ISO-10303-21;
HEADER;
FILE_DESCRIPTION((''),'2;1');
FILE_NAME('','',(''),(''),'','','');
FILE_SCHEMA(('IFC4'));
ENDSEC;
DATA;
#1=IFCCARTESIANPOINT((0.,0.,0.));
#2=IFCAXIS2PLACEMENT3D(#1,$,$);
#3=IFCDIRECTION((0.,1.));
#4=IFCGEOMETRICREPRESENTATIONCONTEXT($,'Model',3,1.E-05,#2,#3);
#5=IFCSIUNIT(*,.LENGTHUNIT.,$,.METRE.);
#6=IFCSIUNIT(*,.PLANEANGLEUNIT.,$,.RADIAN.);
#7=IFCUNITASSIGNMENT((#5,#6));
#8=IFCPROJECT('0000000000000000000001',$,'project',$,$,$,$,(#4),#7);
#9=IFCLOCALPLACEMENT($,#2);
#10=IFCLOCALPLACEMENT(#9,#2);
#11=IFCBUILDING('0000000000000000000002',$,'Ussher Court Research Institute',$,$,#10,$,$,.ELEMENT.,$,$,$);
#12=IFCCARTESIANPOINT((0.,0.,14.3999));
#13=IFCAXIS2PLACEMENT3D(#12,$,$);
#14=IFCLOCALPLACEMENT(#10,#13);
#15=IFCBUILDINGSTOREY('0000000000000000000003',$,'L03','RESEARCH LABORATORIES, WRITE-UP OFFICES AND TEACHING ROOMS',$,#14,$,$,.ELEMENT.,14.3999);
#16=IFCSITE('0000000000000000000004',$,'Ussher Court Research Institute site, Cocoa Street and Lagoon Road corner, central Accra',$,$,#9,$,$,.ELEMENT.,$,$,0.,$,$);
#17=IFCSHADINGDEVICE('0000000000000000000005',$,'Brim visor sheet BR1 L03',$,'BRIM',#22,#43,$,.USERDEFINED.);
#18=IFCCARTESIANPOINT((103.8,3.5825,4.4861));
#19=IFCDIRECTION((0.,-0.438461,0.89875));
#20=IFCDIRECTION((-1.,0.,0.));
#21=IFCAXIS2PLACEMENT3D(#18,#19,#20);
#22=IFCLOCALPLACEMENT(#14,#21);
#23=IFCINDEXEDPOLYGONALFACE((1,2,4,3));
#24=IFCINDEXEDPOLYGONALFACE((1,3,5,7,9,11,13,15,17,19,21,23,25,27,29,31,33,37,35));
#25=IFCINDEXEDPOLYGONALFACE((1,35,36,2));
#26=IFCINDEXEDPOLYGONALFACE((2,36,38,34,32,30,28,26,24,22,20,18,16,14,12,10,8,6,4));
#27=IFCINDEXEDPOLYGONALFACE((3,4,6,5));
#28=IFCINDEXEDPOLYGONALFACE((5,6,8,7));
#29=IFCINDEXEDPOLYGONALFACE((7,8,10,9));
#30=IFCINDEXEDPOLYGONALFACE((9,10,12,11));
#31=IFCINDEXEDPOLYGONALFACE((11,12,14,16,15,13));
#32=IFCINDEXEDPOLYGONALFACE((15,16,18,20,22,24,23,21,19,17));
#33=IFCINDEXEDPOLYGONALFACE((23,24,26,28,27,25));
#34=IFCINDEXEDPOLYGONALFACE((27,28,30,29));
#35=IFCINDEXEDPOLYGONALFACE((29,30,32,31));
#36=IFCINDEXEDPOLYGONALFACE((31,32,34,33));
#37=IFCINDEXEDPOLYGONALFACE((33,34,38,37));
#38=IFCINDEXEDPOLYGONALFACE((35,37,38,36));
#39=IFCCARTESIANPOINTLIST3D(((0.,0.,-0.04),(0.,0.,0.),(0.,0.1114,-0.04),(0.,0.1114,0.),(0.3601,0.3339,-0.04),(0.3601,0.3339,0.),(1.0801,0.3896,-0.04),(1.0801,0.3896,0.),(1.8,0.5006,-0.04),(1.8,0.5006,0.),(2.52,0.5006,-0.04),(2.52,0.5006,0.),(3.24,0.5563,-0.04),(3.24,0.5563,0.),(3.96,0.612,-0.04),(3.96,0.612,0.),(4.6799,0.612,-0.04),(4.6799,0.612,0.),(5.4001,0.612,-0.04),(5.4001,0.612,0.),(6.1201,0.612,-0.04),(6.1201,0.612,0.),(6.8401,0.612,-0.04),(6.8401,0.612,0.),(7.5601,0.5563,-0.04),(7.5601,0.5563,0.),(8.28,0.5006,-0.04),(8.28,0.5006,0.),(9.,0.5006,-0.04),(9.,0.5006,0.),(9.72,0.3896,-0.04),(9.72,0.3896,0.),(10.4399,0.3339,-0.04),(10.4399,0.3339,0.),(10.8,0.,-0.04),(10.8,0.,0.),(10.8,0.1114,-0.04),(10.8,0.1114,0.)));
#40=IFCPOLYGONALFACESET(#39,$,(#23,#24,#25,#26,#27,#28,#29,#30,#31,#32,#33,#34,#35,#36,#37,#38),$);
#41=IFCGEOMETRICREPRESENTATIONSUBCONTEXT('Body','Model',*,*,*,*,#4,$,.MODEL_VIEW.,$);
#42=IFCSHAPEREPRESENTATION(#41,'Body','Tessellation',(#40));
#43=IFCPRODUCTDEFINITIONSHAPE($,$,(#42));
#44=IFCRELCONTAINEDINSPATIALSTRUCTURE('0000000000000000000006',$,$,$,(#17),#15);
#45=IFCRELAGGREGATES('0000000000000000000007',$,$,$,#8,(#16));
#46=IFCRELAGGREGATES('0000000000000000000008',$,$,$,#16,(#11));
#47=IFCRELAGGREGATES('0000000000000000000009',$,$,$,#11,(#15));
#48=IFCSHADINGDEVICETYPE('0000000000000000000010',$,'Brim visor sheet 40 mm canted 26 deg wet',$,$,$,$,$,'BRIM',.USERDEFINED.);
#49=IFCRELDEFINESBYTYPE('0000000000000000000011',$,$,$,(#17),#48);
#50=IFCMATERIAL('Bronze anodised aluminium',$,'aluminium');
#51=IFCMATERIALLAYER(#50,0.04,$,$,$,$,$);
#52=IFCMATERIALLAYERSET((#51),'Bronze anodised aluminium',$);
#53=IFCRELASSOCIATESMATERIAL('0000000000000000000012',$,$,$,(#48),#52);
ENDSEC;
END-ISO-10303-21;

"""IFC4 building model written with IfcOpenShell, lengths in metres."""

from ifc_helpers import new_model, si_unit, direction, frame, origin, place, context, subcontext, project, spatial, polyline, outline, extrude, material, layer, layer_set, type_object, element, save


model = new_model("IFC4")

# Units and contexts
model_context = context("Model", 3, precision=1e-05, world=origin(), true_north=direction((0.0, 1.0)))
body_context = subcontext(model_context, "Body", "Model", "MODEL_VIEW")
ifc_project = project(units=[si_unit("LENGTHUNIT", "METRE"), si_unit("PLANEANGLEUNIT", "RADIAN")], contexts=[model_context])

# Site, building, storey
site_placement = place(None, origin())
site = spatial("IfcSite", under=ifc_project, at=site_placement, Name="Ussher Court Research Institute site, Cocoa Street and Lagoon Road corner, central Accra", CompositionType="ELEMENT", RefElevation=0.0)
building_placement = place(site_placement, origin())
building = spatial("IfcBuilding", under=site, at=building_placement, Name="Ussher Court Research Institute", CompositionType="ELEMENT")
storey_placement = place(building_placement, frame((0.0, 0.0, 14.3999)))
storey = spatial("IfcBuildingStorey", under=building, at=storey_placement, Name="L03", Description="RESEARCH LABORATORIES, WRITE-UP OFFICES AND TEACHING ROOMS", CompositionType="ELEMENT", Elevation=14.3999)

# Shading device
ifc_material_1 = material(Name="Bronze anodised aluminium", Category="aluminium")
ifc_layer_1 = layer(ifc_material_1, 0.04)
ifc_layer_set_1 = layer_set([ifc_layer_1], Name="Bronze anodised aluminium")
shading_device_type_1 = type_object("IfcShadingDeviceType", Name="Brim visor sheet 40 mm canted 26 deg wet", ElementType="BRIM", PredefinedType="USERDEFINED", material=ifc_layer_set_1)
shading_device_1_placement = place(storey_placement, frame((103.8, 3.5825, 4.4861), z_axis=(0.0, -0.438461, 0.89875), x_axis=(-1.0, 0.0, 0.0)))
element("IfcShadingDevice", 1, at=shading_device_1_placement, inside=storey, type_object=shading_device_type_1, Name="Brim visor sheet BR1 L03", ObjectType="BRIM", PredefinedType="USERDEFINED", context=body_context, shape_type="SweptSolid", body=[
    extrude(outline(polyline([(0.0, 0.0), (10.8, 0.0), (10.8, 0.1114), (10.4399, 0.3339), (9.72, 0.3896), (9.0, 0.5006), (8.28, 0.5006), (7.5601, 0.5563), (6.8401, 0.612), (6.1201, 0.612), (5.4001, 0.612), (4.6799, 0.612), (3.96, 0.612), (3.24, 0.5563), (2.52, 0.5006), (1.8, 0.5006), (1.0801, 0.3896), (0.3601, 0.3339), (0.0, 0.1114), (0.0, 0.0)])), origin(), (0.0, 0.0, -1.0), 0.04),
])

save(model, "model.ifc")
